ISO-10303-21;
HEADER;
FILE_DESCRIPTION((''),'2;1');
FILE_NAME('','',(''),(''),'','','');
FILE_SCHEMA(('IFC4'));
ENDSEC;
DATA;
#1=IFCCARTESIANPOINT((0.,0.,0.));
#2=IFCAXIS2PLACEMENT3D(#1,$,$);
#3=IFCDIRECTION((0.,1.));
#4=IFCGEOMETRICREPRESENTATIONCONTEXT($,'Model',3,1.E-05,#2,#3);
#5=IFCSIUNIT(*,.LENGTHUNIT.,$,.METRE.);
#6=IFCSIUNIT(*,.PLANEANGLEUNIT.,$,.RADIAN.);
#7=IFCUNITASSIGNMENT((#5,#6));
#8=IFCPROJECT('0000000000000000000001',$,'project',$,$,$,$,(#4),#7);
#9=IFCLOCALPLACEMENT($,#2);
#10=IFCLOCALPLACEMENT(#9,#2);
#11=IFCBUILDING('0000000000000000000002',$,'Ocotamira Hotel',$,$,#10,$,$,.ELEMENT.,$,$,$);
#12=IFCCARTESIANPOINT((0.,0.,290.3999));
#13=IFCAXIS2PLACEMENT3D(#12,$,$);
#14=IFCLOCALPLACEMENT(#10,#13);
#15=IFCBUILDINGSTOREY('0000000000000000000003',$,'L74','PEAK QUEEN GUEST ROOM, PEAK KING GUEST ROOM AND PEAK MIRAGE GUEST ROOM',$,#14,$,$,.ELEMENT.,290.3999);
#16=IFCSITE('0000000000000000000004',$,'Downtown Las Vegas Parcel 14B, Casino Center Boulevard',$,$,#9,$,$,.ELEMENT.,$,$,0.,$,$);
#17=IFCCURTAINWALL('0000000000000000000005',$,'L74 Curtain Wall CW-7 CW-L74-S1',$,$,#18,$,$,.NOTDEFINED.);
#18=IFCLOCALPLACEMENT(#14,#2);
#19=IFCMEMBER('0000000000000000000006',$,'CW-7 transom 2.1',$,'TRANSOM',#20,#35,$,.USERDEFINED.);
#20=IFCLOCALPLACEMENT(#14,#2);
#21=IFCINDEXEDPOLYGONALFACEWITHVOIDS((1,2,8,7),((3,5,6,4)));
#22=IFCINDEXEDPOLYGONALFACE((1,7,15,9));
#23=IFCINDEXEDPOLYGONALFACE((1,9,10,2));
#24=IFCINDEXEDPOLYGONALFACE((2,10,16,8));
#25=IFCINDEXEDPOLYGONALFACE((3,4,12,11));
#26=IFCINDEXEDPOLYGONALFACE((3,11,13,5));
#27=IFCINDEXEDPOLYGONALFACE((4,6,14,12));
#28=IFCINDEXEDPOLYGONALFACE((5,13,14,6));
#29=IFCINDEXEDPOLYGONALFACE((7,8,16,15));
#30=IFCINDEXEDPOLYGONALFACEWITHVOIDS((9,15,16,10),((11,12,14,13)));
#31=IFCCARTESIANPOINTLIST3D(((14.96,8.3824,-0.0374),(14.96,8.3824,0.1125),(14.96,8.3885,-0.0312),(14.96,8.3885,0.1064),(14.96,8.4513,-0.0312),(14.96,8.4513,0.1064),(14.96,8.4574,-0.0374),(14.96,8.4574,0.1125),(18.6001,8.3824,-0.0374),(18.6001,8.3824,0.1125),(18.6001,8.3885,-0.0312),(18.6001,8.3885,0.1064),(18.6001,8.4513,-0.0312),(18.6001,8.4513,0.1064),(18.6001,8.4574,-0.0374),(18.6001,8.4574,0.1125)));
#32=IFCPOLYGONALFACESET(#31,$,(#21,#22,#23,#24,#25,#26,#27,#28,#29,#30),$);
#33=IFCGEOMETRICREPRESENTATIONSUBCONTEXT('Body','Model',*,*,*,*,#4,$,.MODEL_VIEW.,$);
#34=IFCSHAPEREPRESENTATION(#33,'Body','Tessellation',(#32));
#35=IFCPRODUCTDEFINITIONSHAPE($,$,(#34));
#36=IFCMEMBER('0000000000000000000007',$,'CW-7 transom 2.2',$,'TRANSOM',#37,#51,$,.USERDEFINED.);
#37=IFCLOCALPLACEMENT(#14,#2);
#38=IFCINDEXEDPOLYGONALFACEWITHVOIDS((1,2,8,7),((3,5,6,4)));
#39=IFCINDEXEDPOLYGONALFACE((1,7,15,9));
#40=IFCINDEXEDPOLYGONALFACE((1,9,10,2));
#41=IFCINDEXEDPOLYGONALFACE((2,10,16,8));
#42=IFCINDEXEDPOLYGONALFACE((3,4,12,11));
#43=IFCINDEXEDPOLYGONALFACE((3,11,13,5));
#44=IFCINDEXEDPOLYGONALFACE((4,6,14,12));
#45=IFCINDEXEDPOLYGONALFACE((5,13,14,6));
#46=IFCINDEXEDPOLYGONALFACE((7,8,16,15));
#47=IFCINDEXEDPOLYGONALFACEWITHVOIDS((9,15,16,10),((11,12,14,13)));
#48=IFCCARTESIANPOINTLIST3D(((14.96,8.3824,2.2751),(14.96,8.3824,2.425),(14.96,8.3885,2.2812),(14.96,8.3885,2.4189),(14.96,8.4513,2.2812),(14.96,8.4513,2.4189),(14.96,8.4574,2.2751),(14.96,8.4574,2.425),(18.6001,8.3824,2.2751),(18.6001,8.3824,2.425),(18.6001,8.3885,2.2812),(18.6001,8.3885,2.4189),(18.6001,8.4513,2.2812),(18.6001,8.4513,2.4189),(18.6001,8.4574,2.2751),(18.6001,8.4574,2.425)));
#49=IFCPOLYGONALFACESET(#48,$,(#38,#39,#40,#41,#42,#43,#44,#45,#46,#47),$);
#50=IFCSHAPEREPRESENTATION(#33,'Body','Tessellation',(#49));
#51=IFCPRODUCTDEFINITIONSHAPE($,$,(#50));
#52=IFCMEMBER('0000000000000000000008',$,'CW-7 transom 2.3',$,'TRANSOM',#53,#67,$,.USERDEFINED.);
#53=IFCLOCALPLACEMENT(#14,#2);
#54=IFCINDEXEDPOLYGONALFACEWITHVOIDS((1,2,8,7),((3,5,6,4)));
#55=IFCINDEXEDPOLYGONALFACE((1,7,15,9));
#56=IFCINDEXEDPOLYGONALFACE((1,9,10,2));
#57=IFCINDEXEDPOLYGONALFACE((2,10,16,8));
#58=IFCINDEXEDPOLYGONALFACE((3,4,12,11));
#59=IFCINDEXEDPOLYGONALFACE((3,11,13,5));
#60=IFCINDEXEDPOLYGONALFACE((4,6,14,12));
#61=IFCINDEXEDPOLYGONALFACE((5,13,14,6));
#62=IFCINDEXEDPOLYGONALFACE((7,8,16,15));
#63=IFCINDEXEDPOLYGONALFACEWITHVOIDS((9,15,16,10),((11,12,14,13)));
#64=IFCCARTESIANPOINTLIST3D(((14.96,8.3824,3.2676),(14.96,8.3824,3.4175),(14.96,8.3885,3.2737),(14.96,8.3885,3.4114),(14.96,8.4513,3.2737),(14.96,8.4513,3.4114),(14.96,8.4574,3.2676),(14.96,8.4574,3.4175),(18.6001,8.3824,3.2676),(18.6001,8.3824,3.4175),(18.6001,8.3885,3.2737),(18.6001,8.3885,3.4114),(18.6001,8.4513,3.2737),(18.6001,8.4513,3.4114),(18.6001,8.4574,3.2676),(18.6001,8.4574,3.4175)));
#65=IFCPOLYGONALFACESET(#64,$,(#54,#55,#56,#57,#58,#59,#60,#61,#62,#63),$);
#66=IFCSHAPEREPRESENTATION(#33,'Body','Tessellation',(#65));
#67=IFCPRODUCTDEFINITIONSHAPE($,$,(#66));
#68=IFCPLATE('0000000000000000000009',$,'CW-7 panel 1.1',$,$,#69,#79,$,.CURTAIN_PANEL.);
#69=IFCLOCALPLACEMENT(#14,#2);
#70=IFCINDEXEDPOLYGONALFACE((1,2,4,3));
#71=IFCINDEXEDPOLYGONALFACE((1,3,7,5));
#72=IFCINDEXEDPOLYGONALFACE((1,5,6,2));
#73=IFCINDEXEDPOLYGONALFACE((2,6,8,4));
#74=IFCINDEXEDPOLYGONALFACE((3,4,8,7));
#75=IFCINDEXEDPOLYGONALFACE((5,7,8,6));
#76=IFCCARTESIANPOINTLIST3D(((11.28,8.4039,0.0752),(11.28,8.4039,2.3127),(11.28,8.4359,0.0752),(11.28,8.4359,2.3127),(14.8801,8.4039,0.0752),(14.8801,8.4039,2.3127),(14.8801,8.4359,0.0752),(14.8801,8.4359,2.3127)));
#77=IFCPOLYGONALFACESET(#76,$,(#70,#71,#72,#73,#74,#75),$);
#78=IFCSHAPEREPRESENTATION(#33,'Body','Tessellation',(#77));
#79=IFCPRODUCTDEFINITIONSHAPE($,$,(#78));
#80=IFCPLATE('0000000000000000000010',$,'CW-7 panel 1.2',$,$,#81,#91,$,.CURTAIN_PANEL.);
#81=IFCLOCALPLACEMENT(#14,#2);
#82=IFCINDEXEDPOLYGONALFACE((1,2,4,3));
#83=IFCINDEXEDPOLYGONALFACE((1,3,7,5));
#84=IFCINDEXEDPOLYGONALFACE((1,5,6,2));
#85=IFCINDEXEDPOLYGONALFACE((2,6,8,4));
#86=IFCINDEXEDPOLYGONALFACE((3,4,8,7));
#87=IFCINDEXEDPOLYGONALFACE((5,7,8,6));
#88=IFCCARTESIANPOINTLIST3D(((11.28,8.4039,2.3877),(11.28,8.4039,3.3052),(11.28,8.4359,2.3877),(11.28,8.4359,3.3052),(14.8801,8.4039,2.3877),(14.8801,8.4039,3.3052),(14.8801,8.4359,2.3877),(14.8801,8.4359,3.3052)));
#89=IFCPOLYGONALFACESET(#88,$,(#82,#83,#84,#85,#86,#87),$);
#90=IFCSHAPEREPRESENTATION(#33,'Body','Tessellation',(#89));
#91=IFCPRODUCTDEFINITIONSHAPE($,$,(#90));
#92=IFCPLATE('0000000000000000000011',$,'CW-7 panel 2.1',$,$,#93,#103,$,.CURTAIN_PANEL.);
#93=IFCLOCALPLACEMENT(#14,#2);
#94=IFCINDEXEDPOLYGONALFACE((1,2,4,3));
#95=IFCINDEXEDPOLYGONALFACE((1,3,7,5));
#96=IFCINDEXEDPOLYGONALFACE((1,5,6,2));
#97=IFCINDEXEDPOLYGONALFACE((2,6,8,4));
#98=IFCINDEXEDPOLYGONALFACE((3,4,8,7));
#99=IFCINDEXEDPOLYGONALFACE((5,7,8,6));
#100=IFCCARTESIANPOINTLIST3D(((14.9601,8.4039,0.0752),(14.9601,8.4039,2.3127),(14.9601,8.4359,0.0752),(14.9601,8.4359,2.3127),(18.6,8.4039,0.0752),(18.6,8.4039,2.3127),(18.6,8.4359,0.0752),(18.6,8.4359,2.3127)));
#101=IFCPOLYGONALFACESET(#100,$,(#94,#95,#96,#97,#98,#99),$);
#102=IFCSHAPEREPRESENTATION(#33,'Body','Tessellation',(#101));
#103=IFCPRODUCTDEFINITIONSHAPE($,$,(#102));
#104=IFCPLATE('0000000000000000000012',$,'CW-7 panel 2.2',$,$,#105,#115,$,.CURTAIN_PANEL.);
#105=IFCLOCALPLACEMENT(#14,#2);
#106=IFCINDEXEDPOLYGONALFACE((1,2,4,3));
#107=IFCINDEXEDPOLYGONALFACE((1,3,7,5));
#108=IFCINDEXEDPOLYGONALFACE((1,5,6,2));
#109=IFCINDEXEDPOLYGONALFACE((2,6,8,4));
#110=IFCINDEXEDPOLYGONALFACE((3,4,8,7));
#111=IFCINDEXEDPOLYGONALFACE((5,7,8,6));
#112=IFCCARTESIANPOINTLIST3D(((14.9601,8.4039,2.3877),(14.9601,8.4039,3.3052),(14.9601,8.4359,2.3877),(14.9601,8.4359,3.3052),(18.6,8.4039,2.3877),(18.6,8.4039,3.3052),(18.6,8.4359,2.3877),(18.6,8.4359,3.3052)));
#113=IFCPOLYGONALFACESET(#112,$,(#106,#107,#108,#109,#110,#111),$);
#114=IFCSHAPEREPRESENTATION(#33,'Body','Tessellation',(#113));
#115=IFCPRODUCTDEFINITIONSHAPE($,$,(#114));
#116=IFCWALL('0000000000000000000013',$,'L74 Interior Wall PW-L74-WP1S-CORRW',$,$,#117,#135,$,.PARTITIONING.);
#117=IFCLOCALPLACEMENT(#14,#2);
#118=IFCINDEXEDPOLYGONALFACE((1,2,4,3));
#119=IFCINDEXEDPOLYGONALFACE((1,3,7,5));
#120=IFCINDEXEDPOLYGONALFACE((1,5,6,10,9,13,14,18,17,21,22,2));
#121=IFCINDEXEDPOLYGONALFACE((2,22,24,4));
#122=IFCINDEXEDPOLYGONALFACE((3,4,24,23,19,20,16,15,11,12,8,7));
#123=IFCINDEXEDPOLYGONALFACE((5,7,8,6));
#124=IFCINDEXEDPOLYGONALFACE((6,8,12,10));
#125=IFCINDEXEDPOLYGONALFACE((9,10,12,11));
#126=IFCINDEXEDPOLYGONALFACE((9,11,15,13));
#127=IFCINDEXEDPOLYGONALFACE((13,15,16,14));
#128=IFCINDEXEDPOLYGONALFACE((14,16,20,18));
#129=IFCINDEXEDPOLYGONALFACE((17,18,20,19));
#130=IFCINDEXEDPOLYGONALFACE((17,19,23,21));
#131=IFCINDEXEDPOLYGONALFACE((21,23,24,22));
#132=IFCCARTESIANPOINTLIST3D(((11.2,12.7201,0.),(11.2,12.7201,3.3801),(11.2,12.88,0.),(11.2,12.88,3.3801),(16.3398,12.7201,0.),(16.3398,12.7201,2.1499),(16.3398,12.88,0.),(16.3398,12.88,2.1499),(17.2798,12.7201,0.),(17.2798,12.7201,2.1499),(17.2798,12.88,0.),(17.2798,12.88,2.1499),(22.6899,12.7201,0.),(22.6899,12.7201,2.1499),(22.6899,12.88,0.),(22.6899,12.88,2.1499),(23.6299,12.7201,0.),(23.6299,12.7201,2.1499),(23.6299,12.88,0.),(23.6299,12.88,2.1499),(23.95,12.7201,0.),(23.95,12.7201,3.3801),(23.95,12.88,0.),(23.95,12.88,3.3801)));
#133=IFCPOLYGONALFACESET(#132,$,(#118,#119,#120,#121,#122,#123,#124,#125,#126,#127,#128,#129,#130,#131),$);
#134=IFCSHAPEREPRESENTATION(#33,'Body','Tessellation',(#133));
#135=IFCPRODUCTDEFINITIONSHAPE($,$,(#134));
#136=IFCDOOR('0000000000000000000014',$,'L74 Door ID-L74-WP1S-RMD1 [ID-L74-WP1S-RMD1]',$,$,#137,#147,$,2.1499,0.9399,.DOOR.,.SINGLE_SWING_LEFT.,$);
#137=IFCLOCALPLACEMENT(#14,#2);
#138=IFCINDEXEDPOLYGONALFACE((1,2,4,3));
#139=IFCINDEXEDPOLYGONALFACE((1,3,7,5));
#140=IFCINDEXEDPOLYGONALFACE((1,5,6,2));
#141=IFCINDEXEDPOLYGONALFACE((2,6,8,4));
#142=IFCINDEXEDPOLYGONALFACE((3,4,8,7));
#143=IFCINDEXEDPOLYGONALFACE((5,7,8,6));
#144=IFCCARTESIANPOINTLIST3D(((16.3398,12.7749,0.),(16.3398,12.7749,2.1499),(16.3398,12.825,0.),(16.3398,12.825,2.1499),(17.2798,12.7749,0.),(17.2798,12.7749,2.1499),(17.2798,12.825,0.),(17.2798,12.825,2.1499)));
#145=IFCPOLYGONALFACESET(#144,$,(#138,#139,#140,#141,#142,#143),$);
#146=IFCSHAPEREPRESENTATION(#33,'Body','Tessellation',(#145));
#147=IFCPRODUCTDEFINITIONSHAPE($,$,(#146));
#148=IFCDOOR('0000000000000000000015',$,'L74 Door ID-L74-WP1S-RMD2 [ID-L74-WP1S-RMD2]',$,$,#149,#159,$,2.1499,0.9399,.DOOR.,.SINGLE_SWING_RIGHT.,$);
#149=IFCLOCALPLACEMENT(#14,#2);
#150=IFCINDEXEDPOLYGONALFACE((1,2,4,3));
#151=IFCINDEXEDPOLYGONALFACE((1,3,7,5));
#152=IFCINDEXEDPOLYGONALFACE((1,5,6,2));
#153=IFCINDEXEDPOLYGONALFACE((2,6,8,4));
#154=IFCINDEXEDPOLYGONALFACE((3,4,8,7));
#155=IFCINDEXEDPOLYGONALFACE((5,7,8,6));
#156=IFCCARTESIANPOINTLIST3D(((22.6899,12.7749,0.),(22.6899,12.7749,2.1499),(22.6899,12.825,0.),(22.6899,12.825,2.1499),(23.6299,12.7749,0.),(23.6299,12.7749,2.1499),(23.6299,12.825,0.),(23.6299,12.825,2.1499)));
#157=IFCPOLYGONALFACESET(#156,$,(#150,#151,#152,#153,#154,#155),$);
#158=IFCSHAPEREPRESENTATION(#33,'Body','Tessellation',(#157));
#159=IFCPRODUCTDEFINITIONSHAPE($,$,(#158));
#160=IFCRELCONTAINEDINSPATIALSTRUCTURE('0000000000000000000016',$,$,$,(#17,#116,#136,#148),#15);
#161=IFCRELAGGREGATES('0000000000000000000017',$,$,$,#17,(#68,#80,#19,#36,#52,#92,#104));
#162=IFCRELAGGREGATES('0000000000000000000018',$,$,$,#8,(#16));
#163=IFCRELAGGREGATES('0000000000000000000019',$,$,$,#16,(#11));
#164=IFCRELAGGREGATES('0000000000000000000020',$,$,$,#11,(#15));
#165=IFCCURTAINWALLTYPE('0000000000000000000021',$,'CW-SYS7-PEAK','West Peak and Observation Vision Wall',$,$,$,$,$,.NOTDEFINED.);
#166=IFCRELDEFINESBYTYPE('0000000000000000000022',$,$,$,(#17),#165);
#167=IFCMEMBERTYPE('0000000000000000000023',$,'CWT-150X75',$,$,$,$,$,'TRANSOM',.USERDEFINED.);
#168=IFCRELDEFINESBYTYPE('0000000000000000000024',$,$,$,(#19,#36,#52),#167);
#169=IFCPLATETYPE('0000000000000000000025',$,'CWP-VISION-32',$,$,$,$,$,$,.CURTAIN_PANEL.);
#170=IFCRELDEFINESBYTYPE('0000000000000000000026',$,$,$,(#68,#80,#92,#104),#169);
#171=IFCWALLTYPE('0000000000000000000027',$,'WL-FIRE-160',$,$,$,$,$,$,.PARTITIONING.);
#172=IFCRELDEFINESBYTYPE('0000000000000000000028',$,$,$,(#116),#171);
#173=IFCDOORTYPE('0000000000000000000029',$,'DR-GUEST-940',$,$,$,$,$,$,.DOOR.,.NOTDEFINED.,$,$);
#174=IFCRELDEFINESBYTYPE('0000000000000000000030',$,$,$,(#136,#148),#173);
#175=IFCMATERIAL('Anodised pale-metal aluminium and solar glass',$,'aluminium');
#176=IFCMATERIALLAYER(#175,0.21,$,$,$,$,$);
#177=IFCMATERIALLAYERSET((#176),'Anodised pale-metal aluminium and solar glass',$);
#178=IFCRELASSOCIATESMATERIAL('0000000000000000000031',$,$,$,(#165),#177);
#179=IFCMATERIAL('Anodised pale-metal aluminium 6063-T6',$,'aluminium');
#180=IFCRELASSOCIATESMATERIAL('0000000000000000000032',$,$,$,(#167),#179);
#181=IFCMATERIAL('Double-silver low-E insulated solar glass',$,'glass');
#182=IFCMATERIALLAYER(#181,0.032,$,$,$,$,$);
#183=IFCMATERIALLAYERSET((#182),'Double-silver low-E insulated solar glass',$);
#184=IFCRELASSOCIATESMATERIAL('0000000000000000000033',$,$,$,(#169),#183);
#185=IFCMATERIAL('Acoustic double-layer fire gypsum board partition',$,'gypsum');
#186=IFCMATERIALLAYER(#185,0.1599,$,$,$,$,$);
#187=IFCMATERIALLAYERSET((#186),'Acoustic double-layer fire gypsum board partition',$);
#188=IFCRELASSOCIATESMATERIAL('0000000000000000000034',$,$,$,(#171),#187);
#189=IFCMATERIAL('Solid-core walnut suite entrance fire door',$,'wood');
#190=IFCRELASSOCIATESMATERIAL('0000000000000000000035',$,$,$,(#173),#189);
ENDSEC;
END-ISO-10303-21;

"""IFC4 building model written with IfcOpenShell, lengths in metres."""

from ifc_helpers import new_model, si_unit, direction, frame, frame_2d, origin, origin_2d, place, context, subcontext, project, spatial, rectangle, hollow_rectangle, extrude, source, transform, mapped, material, layer, layer_set, material_profile, profile_set, type_object, element, fill, aggregate, save


model = new_model("IFC4")

# Units and contexts
model_context = context("Model", 3, precision=1e-05, world=origin(), true_north=direction((0.0, 1.0)))
body_context = subcontext(model_context, "Body", "Model", "MODEL_VIEW")
ifc_project = project(units=[si_unit("LENGTHUNIT", "METRE"), si_unit("PLANEANGLEUNIT", "RADIAN")], contexts=[model_context])

# Site, building, storey
site_placement = place(None, origin())
site = spatial("IfcSite", under=ifc_project, at=site_placement, Name="Downtown Las Vegas Parcel 14B, Casino Center Boulevard", CompositionType="ELEMENT", RefElevation=0.0)
building_placement = place(site_placement, origin())
building = spatial("IfcBuilding", under=site, at=building_placement, Name="Ocotamira Hotel", CompositionType="ELEMENT")
storey_placement = place(building_placement, frame((0.0, 0.0, 290.3999)))
storey = spatial("IfcBuildingStorey", under=building, at=storey_placement, Name="L74", Description="PEAK QUEEN GUEST ROOM, PEAK KING GUEST ROOM AND PEAK MIRAGE GUEST ROOM", CompositionType="ELEMENT", Elevation=290.3999)

# Curtain wall, members, plates
ifc_material_1 = material(Name="Anodised pale-metal aluminium and solar glass", Category="aluminium")
ifc_layer_1 = layer(ifc_material_1, 0.21)
ifc_layer_set_1 = layer_set([ifc_layer_1], Name="Anodised pale-metal aluminium and solar glass")
curtain_wall_type = type_object("IfcCurtainWallType", Name="CW-SYS7-PEAK", Description="West Peak and Observation Vision Wall", PredefinedType="NOTDEFINED", material=ifc_layer_set_1)
curtain_wall_placement = place(storey_placement, origin())
curtain_wall = element("IfcCurtainWall", 1, at=curtain_wall_placement, inside=storey, type_object=curtain_wall_type, Name="L74 Curtain Wall CW-7 CW-L74-S1", PredefinedType="NOTDEFINED")
ifc_material_2 = material(Name="Anodised pale-metal aluminium 6063-T6", Category="aluminium")
ifc_material_profile_1 = material_profile(ifc_material_2, hollow_rectangle(XDim=0.075, YDim=0.1499, WallThickness=0.0061, at=origin_2d()), Name="HSS150X75X6")
ifc_profile_set_1 = profile_set([ifc_material_profile_1], Name="Anodised pale-metal aluminium 6063-T6")
member_type_1 = type_object("IfcMemberType", Name="CWT-150X75", ElementType="TRANSOM", PredefinedType="USERDEFINED", material=ifc_profile_set_1)
shared_shape_1 = source(origin(), body_context, "Body", "SweptSolid", [
    extrude(hollow_rectangle(XDim=0.075, YDim=0.1499, WallThickness=0.0061, at=origin_2d()), origin(), (0.0, 0.0, 1.0), 3.6401),
])
member_1_placement = place(storey_placement, frame((14.96, 8.4199, 0.0376), z_axis=(1.0, 0.0, 0.0), x_axis=(0.0, 1.0, 0.0)))
member_1 = element("IfcMember", 2, at=member_1_placement, type_object=member_type_1, Name="CW-7 transom 2.1", ObjectType="TRANSOM", PredefinedType="USERDEFINED", context=body_context, shape_type="MappedRepresentation", body=[
    mapped(shared_shape_1, transform((0.0, 0.0, 0.0), scale=1.0)),
])
member_2_placement = place(storey_placement, frame((14.96, 8.4199, 2.3501), z_axis=(1.0, 0.0, 0.0), x_axis=(0.0, 1.0, 0.0)))
member_2 = element("IfcMember", 3, at=member_2_placement, type_object=member_type_1, Name="CW-7 transom 2.2", ObjectType="TRANSOM", PredefinedType="USERDEFINED", context=body_context, shape_type="MappedRepresentation", body=[
    mapped(shared_shape_1, transform((0.0, 0.0, 0.0), scale=1.0)),
])
member_3_placement = place(storey_placement, frame((14.96, 8.4199, 3.3425), z_axis=(1.0, 0.0, 0.0), x_axis=(0.0, 1.0, 0.0)))
member_3 = element("IfcMember", 4, at=member_3_placement, type_object=member_type_1, Name="CW-7 transom 2.3", ObjectType="TRANSOM", PredefinedType="USERDEFINED", context=body_context, shape_type="MappedRepresentation", body=[
    mapped(shared_shape_1, transform((0.0, 0.0, 0.0), scale=1.0)),
])
ifc_material_3 = material(Name="Double-silver low-E insulated solar glass", Category="glass")
ifc_layer_2 = layer(ifc_material_3, 0.032)
ifc_layer_set_2 = layer_set([ifc_layer_2], Name="Double-silver low-E insulated solar glass")
plate_type = type_object("IfcPlateType", Name="CWP-VISION-32", PredefinedType="CURTAIN_PANEL", material=ifc_layer_set_2)
shared_shape_2 = source(origin(), body_context, "Body", "SweptSolid", [
    extrude(rectangle(XDim=3.6001, YDim=0.032, at=origin_2d()), origin(), (0.0, 0.0, 1.0), 2.2375),
])
plate_1_placement = place(storey_placement, frame((13.0801, 8.4199, 0.0752), z_axis=(0.0, 0.0, 1.0), x_axis=(1.0, 0.0, 0.0)))
plate_1 = element("IfcPlate", 5, at=plate_1_placement, type_object=plate_type, Name="CW-7 panel 1.1", PredefinedType="CURTAIN_PANEL", context=body_context, shape_type="MappedRepresentation", body=[
    mapped(shared_shape_2, transform((0.0, 0.0, 0.0), scale=1.0)),
])
shared_shape_3 = source(origin(), body_context, "Body", "SweptSolid", [
    extrude(rectangle(XDim=3.6001, YDim=0.032, at=origin_2d()), origin(), (0.0, 0.0, 1.0), 0.9175),
])
plate_2_placement = place(storey_placement, frame((13.0801, 8.4199, 2.3877), z_axis=(0.0, 0.0, 1.0), x_axis=(1.0, 0.0, 0.0)))
plate_2 = element("IfcPlate", 6, at=plate_2_placement, type_object=plate_type, Name="CW-7 panel 1.2", PredefinedType="CURTAIN_PANEL", context=body_context, shape_type="MappedRepresentation", body=[
    mapped(shared_shape_3, transform((0.0, 0.0, 0.0), scale=1.0)),
])
shared_shape_4 = source(origin(), body_context, "Body", "SweptSolid", [
    extrude(rectangle(XDim=3.6399, YDim=0.032, at=origin_2d()), origin(), (0.0, 0.0, 1.0), 2.2375),
])
plate_3_placement = place(storey_placement, frame((16.78, 8.4199, 0.0752), z_axis=(0.0, 0.0, 1.0), x_axis=(1.0, 0.0, 0.0)))
plate_3 = element("IfcPlate", 7, at=plate_3_placement, type_object=plate_type, Name="CW-7 panel 2.1", PredefinedType="CURTAIN_PANEL", context=body_context, shape_type="MappedRepresentation", body=[
    mapped(shared_shape_4, transform((0.0, 0.0, 0.0), scale=1.0)),
])
shared_shape_5 = source(origin(), body_context, "Body", "SweptSolid", [
    extrude(rectangle(XDim=3.6399, YDim=0.032, at=origin_2d()), origin(), (0.0, 0.0, 1.0), 0.9175),
])
plate_4_placement = place(storey_placement, frame((16.78, 8.4199, 2.3877), z_axis=(0.0, 0.0, 1.0), x_axis=(1.0, 0.0, 0.0)))
plate_4 = element("IfcPlate", 8, at=plate_4_placement, type_object=plate_type, Name="CW-7 panel 2.2", PredefinedType="CURTAIN_PANEL", context=body_context, shape_type="MappedRepresentation", body=[
    mapped(shared_shape_5, transform((0.0, 0.0, 0.0), scale=1.0)),
])
aggregate(curtain_wall, [plate_1, plate_2, member_1, member_2, member_3, plate_3, plate_4])

# Wall, openings, doors
ifc_material_4 = material(Name="Acoustic double-layer fire gypsum board partition", Category="gypsum")
ifc_layer_3 = layer(ifc_material_4, 0.1599)
ifc_layer_set_3 = layer_set([ifc_layer_3], Name="Acoustic double-layer fire gypsum board partition")
wall_type_1 = type_object("IfcWallType", Name="WL-FIRE-160", PredefinedType="PARTITIONING", material=ifc_layer_set_3)
wall_1_placement = place(storey_placement, frame((11.2, 12.8, 0.0), z_axis=(0.0, 0.0, 1.0), x_axis=(1.0, 0.0, 0.0)))
wall_1 = element("IfcWall", 9, at=wall_1_placement, inside=storey, type_object=wall_type_1, Name="L74 Interior Wall PW-L74-WP1S-CORRW", PredefinedType="PARTITIONING", context=body_context, shape_type="SweptSolid", body=[
    extrude(rectangle(XDim=12.75, YDim=0.1599, at=frame_2d((6.375, 0.0))), origin(), (0.0, 0.0, 1.0), 3.3801),
])
opening_1_placement = place(wall_1_placement, frame((5.1399, 0.0, 0.0)))
opening_1 = element("IfcOpeningElement", 10, at=opening_1_placement, cuts=wall_1, PredefinedType="OPENING", context=body_context, shape_type="SweptSolid", body=[
    extrude(rectangle(XDim=0.9399, YDim=2.1499, at=frame_2d((0.47, 1.075))), frame((0.0, 0.0898, 0.0), z_axis=(0.0, -1.0, 0.0), x_axis=(1.0, 0.0, 0.0)), (0.0, 0.0, 1.0), 0.1799),
])
opening_2_placement = place(wall_1_placement, frame((11.49, 0.0, 0.0)))
opening_2 = element("IfcOpeningElement", 11, at=opening_2_placement, cuts=wall_1, PredefinedType="OPENING", context=body_context, shape_type="SweptSolid", body=[
    extrude(rectangle(XDim=0.9399, YDim=2.1499, at=frame_2d((0.47, 1.075))), frame((0.0, 0.0898, 0.0), z_axis=(0.0, -1.0, 0.0), x_axis=(1.0, 0.0, 0.0)), (0.0, 0.0, 1.0), 0.1799),
])
ifc_material_5 = material(Name="Solid-core walnut suite entrance fire door", Category="wood")
door_type_1 = type_object("IfcDoorType", Name="DR-GUEST-940", OperationType="NOTDEFINED", PredefinedType="DOOR", material=ifc_material_5)
shared_shape_6 = source(origin(), body_context, "Body", "SweptSolid", [
    extrude(rectangle(XDim=0.9399, YDim=2.1499, at=frame_2d((0.47, 1.075))), frame((0.0, 0.0249, 0.0), z_axis=(0.0, -1.0, 0.0), x_axis=(1.0, 0.0, 0.0)), (0.0, 0.0, 1.0), 0.05),
])
door_1_placement = place(opening_1_placement, origin())
door_1 = element("IfcDoor", 12, at=door_1_placement, inside=storey, type_object=door_type_1, Name="L74 Door ID-L74-WP1S-RMD1 [ID-L74-WP1S-RMD1]", OperationType="SINGLE_SWING_LEFT", OverallHeight=2.1499, OverallWidth=0.9399, PredefinedType="DOOR", context=body_context, shape_type="MappedRepresentation", body=[
    mapped(shared_shape_6, transform((0.0, 0.0, 0.0), scale=1.0)),
])
fill(opening_1, door_1)
door_2_placement = place(opening_2_placement, origin())
door_2 = element("IfcDoor", 13, at=door_2_placement, inside=storey, type_object=door_type_1, Name="L74 Door ID-L74-WP1S-RMD2 [ID-L74-WP1S-RMD2]", OperationType="SINGLE_SWING_RIGHT", OverallHeight=2.1499, OverallWidth=0.9399, PredefinedType="DOOR", context=body_context, shape_type="MappedRepresentation", body=[
    mapped(shared_shape_6, transform((0.0, 0.0, 0.0), scale=1.0)),
])
fill(opening_2, door_2)

save(model, "model.ifc")
